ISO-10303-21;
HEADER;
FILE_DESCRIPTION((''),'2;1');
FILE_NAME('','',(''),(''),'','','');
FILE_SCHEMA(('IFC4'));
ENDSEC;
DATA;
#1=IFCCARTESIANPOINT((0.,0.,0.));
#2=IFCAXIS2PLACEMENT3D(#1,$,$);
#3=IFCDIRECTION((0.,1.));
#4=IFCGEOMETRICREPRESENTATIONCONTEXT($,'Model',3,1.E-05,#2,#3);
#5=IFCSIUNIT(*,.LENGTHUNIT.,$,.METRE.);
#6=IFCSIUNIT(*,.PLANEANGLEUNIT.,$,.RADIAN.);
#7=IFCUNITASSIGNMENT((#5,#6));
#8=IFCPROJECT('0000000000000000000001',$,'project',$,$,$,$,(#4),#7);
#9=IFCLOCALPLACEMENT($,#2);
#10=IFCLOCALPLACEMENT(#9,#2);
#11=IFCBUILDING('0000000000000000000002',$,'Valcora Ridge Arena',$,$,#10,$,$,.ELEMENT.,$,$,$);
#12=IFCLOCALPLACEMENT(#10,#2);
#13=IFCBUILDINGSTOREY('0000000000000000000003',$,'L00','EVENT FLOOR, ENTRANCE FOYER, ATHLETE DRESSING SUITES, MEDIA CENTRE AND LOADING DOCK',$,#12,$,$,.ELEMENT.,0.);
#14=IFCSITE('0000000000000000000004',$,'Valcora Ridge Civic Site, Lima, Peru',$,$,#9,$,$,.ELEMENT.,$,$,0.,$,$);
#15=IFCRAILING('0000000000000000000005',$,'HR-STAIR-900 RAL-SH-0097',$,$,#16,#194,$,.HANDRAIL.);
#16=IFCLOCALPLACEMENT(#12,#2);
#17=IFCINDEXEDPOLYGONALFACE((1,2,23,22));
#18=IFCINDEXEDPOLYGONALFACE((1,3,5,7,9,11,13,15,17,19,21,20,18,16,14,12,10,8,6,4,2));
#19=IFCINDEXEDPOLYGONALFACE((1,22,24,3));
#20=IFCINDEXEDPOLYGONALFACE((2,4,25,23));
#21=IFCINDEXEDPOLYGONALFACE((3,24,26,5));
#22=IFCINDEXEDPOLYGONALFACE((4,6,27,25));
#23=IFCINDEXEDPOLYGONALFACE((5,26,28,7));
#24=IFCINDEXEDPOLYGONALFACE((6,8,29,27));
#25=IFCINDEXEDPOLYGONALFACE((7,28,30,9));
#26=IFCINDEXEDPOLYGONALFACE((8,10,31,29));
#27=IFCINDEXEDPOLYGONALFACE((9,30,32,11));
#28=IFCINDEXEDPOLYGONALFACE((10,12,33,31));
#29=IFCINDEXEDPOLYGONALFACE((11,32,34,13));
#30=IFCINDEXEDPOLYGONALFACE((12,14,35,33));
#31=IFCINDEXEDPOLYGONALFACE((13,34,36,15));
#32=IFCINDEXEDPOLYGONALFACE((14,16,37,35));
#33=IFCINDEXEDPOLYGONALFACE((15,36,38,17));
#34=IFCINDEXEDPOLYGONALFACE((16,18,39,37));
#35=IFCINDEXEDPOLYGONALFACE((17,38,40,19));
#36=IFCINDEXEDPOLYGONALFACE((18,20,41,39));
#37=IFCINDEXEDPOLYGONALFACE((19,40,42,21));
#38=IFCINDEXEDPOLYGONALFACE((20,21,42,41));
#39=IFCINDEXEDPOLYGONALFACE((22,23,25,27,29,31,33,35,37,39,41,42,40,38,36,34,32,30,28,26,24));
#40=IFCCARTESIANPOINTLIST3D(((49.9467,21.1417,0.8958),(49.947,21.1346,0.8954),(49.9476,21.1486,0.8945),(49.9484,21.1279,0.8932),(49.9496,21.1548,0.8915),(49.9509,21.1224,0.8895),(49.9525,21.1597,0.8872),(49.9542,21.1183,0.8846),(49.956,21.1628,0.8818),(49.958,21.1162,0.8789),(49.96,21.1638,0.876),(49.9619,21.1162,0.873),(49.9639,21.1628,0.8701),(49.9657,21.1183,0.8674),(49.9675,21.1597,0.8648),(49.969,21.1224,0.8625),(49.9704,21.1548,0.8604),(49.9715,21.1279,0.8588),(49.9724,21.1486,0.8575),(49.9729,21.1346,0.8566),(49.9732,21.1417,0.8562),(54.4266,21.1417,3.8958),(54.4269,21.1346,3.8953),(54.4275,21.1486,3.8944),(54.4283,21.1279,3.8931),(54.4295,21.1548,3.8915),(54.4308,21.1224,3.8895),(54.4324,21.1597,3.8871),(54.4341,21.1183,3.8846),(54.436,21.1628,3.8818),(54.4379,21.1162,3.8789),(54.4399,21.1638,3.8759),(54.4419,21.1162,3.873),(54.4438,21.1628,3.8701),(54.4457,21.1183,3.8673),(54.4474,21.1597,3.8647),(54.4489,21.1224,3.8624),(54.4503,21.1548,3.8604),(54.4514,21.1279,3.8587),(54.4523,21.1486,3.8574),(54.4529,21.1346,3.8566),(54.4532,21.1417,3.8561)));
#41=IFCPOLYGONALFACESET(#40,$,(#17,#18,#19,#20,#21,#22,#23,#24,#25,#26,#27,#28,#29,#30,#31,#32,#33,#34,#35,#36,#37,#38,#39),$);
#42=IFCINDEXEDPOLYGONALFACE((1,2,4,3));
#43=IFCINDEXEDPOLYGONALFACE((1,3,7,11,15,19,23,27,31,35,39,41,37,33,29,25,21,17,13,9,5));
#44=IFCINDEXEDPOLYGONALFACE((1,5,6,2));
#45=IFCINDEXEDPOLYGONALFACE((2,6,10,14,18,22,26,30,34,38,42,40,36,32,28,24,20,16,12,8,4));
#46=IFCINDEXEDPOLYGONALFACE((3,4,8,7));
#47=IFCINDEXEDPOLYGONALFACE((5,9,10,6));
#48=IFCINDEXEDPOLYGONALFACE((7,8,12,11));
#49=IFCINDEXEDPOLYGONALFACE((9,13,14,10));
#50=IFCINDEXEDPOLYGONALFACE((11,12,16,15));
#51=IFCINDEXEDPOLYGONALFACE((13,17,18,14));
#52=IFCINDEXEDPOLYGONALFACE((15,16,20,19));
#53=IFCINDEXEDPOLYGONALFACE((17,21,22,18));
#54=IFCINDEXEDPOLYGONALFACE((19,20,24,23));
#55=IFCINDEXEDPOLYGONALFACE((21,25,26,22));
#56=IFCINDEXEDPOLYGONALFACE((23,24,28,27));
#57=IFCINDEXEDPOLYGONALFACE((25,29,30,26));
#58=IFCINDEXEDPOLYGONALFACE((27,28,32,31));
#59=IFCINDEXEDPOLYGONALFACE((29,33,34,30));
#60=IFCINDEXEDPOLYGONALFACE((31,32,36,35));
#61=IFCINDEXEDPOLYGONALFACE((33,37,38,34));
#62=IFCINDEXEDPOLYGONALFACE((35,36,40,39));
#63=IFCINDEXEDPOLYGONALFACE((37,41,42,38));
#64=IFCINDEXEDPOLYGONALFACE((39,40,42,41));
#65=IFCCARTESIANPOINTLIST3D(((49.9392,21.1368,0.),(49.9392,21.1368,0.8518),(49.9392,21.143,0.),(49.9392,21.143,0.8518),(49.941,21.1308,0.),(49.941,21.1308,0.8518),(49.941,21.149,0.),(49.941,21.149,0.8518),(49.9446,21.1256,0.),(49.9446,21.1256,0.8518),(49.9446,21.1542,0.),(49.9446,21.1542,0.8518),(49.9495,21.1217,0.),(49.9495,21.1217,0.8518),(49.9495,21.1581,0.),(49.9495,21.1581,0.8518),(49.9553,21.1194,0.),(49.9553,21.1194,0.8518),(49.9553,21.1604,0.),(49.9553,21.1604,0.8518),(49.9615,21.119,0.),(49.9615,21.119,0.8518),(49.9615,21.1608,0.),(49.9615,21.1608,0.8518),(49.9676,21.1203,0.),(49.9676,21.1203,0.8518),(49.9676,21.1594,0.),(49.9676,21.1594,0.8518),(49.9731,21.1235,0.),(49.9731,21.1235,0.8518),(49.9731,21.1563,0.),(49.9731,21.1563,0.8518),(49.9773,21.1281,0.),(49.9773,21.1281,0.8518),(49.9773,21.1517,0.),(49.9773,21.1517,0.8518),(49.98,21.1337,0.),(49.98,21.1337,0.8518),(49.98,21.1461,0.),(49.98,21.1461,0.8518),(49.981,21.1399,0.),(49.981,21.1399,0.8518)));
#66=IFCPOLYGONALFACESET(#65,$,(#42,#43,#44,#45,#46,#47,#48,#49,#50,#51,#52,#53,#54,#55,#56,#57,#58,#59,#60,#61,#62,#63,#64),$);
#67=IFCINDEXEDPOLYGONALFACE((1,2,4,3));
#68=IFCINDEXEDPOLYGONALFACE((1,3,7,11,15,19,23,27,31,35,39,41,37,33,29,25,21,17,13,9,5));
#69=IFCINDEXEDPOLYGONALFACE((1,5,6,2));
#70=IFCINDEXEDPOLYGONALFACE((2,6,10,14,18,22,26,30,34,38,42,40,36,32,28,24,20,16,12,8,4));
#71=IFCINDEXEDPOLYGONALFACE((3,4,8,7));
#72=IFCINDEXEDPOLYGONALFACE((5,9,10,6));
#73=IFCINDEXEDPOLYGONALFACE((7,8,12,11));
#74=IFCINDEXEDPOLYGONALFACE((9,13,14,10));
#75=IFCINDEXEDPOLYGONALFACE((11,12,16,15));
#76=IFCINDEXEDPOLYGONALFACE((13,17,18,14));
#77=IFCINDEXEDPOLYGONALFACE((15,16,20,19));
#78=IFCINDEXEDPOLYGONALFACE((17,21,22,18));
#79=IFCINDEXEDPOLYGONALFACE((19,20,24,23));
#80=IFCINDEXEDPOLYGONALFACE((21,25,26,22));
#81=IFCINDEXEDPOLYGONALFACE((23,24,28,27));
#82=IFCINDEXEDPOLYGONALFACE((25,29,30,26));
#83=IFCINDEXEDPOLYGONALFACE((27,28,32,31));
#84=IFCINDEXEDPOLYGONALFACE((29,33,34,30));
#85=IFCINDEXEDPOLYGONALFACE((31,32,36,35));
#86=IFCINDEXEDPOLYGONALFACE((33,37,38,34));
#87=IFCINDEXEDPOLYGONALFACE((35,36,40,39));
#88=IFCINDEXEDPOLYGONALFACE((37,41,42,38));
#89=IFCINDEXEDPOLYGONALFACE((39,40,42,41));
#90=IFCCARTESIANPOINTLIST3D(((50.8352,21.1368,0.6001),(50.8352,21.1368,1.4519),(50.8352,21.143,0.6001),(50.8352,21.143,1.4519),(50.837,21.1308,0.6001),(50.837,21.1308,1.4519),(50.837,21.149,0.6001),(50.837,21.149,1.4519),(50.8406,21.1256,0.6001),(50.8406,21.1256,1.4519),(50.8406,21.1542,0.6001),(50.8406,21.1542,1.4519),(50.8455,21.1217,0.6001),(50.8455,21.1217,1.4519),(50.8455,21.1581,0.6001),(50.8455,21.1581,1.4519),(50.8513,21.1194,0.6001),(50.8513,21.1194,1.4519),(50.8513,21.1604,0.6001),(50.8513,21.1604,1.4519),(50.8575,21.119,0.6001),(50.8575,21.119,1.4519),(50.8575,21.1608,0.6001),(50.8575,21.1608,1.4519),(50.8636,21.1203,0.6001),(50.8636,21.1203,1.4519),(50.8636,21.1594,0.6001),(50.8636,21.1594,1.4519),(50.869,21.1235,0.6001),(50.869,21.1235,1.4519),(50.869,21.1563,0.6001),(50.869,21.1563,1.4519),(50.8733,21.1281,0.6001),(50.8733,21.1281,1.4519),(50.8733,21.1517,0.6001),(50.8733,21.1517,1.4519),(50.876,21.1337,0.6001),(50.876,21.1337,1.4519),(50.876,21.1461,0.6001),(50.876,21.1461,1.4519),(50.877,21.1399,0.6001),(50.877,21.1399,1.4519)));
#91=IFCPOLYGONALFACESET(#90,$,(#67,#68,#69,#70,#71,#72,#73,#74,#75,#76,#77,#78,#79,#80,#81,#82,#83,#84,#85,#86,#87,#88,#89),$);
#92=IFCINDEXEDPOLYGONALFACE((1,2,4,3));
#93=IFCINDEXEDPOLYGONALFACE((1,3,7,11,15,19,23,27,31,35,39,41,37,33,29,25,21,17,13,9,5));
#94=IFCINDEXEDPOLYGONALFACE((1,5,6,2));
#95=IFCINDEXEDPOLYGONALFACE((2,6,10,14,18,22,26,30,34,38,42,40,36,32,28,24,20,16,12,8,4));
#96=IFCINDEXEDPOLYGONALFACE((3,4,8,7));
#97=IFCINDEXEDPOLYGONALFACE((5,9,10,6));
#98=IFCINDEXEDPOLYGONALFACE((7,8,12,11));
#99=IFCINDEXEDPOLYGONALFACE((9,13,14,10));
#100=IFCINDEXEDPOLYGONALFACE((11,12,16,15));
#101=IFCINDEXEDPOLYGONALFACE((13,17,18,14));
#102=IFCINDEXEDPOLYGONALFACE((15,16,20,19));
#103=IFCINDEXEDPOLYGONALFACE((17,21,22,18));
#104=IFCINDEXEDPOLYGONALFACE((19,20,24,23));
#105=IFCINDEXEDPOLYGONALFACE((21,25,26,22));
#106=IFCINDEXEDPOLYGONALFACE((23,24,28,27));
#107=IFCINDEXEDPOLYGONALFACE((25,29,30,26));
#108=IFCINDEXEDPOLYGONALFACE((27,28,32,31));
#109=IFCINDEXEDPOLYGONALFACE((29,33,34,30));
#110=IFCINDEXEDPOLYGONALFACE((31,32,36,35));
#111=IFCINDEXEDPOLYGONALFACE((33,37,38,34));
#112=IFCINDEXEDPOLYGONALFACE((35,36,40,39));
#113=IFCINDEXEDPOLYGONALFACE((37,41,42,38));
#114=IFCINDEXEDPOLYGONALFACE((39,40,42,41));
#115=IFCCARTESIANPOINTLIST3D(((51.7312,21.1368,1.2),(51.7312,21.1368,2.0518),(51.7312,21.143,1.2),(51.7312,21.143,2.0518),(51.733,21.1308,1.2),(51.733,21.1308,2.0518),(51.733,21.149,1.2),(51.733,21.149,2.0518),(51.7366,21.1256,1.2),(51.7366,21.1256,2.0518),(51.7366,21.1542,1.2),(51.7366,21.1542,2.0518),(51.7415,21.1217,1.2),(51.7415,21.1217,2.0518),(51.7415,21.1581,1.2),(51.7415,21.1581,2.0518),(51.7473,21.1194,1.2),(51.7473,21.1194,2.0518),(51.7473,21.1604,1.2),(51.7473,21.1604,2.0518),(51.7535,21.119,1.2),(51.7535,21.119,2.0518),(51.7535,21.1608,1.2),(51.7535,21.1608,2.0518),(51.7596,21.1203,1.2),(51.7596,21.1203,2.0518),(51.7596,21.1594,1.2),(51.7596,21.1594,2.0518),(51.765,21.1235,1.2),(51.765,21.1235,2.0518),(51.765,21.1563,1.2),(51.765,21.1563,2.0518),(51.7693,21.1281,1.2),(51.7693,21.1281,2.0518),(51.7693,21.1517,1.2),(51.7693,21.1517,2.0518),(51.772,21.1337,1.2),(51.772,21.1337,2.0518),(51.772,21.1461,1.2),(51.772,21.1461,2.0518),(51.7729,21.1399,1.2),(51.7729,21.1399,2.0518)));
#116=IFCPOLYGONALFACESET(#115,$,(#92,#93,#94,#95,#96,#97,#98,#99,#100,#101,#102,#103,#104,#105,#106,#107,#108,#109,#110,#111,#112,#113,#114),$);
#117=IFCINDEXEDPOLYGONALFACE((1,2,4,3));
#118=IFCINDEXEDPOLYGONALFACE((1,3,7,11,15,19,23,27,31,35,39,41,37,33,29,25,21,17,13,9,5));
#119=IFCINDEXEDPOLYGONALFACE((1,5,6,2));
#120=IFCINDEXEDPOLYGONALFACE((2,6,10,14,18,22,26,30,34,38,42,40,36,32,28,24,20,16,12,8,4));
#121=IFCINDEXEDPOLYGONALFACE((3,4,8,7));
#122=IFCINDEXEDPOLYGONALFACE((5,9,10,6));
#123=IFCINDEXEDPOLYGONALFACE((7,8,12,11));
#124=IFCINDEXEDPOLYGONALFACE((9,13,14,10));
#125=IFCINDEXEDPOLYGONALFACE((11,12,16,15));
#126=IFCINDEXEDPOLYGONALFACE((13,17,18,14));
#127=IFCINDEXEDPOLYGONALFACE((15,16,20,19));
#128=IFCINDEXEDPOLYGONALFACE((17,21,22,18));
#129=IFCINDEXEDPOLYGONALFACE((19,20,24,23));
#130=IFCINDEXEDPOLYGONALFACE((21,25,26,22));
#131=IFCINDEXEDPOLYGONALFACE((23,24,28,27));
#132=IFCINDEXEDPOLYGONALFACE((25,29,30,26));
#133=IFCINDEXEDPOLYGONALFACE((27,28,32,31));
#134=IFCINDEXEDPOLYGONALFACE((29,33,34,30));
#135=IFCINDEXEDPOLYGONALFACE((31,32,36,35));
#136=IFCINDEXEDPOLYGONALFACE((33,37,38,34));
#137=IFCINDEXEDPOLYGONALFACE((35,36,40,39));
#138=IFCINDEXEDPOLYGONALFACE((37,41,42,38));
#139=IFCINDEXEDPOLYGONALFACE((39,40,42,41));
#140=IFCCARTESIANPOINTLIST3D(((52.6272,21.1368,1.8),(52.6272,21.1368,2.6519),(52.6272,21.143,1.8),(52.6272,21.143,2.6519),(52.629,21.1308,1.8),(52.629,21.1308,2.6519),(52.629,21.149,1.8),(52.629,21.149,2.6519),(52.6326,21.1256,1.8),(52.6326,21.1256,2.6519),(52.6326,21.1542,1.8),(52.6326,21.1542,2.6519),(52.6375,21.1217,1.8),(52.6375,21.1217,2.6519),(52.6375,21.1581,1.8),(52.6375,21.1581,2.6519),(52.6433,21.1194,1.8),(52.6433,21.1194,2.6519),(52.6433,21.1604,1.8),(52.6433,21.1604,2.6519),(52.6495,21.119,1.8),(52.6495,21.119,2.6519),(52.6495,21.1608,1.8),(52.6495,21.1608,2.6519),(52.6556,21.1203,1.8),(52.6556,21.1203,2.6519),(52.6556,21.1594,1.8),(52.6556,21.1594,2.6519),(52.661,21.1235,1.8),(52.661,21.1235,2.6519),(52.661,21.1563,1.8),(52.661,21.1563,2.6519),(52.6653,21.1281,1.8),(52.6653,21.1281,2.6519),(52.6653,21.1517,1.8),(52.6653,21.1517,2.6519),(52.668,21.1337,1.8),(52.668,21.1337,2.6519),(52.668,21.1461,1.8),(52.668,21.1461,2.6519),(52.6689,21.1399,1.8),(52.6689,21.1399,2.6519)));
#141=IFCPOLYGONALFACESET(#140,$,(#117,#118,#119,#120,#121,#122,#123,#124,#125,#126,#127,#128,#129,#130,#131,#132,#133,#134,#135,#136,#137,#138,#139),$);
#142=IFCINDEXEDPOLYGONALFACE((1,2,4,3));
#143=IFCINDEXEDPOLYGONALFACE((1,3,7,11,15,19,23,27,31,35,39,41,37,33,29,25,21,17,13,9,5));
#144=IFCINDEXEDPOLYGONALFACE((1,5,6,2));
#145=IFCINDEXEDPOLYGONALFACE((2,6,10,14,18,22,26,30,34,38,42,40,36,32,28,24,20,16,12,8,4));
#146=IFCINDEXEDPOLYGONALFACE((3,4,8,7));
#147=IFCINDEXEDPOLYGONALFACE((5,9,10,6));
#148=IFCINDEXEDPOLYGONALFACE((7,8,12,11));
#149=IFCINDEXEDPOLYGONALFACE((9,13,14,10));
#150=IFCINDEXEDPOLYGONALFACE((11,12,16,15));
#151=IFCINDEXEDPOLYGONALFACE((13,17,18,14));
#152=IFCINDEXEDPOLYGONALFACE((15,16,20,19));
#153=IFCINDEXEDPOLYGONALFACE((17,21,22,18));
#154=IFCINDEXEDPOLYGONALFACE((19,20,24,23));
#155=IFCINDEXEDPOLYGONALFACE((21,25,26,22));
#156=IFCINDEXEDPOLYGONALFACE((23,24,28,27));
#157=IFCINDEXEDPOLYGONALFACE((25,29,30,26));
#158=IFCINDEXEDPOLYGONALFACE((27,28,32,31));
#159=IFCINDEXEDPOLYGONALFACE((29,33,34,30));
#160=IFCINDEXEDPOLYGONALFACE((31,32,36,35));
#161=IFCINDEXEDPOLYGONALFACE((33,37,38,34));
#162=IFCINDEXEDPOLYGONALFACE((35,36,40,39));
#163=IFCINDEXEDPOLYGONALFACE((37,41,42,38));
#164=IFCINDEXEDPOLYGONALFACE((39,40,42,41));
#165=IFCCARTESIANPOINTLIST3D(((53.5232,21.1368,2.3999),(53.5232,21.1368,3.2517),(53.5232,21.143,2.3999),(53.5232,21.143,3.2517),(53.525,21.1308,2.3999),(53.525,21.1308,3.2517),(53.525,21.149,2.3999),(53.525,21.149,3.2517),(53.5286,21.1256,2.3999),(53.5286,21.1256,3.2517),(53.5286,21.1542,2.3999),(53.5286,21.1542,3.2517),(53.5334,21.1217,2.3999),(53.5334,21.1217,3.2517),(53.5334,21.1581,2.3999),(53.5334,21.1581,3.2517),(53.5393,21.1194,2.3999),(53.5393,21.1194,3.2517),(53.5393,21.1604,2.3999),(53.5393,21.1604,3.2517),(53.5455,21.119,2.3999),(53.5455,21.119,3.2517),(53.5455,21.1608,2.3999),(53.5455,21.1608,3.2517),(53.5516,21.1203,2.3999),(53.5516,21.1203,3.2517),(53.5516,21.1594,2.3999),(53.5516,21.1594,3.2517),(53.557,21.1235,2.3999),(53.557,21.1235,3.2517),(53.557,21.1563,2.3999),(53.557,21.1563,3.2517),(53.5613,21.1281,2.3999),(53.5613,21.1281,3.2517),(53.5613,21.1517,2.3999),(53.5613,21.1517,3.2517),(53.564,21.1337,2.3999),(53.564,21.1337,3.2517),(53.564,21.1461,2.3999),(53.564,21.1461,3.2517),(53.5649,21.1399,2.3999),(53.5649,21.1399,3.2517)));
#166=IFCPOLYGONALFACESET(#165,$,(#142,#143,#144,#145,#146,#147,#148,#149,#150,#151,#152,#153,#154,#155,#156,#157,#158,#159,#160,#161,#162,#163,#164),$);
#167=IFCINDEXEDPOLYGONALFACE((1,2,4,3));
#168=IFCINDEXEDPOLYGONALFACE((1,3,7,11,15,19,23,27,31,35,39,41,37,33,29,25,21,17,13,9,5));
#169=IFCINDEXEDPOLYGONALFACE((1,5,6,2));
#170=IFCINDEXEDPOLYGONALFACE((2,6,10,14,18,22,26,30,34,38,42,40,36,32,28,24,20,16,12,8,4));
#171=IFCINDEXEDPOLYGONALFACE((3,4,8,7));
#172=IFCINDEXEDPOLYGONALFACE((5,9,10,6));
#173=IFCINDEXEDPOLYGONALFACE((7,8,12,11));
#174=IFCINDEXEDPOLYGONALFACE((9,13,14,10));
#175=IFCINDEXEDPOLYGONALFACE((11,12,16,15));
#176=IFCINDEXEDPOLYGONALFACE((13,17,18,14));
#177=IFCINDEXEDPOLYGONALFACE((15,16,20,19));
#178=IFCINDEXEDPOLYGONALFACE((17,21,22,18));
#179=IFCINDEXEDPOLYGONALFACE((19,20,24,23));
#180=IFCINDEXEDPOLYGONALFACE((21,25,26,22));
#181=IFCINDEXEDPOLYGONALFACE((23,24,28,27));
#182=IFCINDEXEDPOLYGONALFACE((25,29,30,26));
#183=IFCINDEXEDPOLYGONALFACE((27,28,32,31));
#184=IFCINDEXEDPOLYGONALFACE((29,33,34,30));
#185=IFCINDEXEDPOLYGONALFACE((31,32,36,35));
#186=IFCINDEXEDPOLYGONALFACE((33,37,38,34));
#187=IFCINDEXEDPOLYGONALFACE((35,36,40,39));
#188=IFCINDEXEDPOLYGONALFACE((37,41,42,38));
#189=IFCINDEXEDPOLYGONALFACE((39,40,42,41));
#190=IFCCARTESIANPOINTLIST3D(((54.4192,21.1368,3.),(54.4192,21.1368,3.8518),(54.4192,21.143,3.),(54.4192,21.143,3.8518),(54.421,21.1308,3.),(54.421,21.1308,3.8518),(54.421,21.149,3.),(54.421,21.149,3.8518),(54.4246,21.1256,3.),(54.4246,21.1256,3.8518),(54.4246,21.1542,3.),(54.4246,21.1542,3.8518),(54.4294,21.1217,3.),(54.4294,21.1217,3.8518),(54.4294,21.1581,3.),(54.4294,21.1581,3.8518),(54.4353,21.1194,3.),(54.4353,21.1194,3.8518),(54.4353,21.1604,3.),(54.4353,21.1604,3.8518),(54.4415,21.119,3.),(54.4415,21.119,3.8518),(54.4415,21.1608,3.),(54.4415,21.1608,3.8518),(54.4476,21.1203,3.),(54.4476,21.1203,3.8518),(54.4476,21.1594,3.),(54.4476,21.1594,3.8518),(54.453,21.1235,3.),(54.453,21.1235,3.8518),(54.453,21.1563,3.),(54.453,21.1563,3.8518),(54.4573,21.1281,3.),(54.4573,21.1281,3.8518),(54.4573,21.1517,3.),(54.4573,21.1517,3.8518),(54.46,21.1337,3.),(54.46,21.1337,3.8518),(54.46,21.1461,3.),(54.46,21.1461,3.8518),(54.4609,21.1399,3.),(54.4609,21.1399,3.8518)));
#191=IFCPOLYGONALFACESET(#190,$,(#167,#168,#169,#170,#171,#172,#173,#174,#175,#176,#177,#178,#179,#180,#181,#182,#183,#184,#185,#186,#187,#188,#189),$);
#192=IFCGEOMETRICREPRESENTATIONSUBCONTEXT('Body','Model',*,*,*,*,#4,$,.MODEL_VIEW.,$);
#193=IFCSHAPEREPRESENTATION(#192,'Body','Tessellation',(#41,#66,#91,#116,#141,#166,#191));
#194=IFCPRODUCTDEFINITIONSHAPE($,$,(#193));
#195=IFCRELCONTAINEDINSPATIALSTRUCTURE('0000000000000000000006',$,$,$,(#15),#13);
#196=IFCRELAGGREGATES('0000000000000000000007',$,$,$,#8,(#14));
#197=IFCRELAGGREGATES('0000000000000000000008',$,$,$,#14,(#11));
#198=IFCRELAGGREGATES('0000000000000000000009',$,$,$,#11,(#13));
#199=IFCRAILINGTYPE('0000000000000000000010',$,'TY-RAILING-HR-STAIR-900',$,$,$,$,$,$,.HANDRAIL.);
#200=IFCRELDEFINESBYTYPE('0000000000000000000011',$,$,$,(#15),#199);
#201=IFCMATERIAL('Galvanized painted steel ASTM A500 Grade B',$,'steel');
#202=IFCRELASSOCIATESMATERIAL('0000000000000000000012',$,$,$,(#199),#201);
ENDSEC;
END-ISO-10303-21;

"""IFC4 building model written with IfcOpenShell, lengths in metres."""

from ifc_helpers import new_model, si_unit, direction, frame, origin, origin_2d, place, context, subcontext, project, spatial, circle, extrude, material, type_object, element, save


model = new_model("IFC4")

# Units and contexts
model_context = context("Model", 3, precision=1e-05, world=origin(), true_north=direction((0.0, 1.0)))
body_context = subcontext(model_context, "Body", "Model", "MODEL_VIEW")
ifc_project = project(units=[si_unit("LENGTHUNIT", "METRE"), si_unit("PLANEANGLEUNIT", "RADIAN")], contexts=[model_context])

# Site, building, storey
site_placement = place(None, origin())
site = spatial("IfcSite", under=ifc_project, at=site_placement, Name="Valcora Ridge Civic Site, Lima, Peru", CompositionType="ELEMENT", RefElevation=0.0)
building_placement = place(site_placement, origin())
building = spatial("IfcBuilding", under=site, at=building_placement, Name="Valcora Ridge Arena", CompositionType="ELEMENT")
storey_placement = place(building_placement, origin())
storey = spatial("IfcBuildingStorey", under=building, at=storey_placement, Name="L00", Description="EVENT FLOOR, ENTRANCE FOYER, ATHLETE DRESSING SUITES, MEDIA CENTRE AND LOADING DOCK", CompositionType="ELEMENT", Elevation=0.0)

# Railing
ifc_material_1 = material(Name="Galvanized painted steel ASTM A500 Grade B", Category="steel")
railing_type_1 = type_object("IfcRailingType", Name="TY-RAILING-HR-STAIR-900", PredefinedType="HANDRAIL", material=ifc_material_1)
railing_1_placement = place(storey_placement, frame((49.96, 21.1399, 0.0)))
element("IfcRailing", 1, at=railing_1_placement, inside=storey, type_object=railing_type_1, Name="HR-STAIR-900 RAL-SH-0097", PredefinedType="HANDRAIL", context=body_context, shape_type="SweptSolid", body=[
    extrude(circle(Radius=0.0239, at=origin_2d()), frame((0.0, 0.0, 0.876), z_axis=(0.830906, 0.0, 0.556413), x_axis=(0.0, 1.0, 0.0)), (0.0, 0.0, 1.0), 5.3916),
    extrude(circle(Radius=0.021, at=origin_2d()), origin(), (0.0, 0.0, 1.0), 0.8518),
    extrude(circle(Radius=0.021, at=origin_2d()), frame((0.896, 0.0, 0.6001)), (0.0, 0.0, 1.0), 0.8518),
    extrude(circle(Radius=0.021, at=origin_2d()), frame((1.792, 0.0, 1.2)), (0.0, 0.0, 1.0), 0.8518),
    extrude(circle(Radius=0.021, at=origin_2d()), frame((2.688, 0.0, 1.8)), (0.0, 0.0, 1.0), 0.8518),
    extrude(circle(Radius=0.021, at=origin_2d()), frame((3.584, 0.0, 2.3999)), (0.0, 0.0, 1.0), 0.8518),
    extrude(circle(Radius=0.021, at=origin_2d()), frame((4.48, 0.0, 3.0)), (0.0, 0.0, 1.0), 0.8518),
])

save(model, "model.ifc")
